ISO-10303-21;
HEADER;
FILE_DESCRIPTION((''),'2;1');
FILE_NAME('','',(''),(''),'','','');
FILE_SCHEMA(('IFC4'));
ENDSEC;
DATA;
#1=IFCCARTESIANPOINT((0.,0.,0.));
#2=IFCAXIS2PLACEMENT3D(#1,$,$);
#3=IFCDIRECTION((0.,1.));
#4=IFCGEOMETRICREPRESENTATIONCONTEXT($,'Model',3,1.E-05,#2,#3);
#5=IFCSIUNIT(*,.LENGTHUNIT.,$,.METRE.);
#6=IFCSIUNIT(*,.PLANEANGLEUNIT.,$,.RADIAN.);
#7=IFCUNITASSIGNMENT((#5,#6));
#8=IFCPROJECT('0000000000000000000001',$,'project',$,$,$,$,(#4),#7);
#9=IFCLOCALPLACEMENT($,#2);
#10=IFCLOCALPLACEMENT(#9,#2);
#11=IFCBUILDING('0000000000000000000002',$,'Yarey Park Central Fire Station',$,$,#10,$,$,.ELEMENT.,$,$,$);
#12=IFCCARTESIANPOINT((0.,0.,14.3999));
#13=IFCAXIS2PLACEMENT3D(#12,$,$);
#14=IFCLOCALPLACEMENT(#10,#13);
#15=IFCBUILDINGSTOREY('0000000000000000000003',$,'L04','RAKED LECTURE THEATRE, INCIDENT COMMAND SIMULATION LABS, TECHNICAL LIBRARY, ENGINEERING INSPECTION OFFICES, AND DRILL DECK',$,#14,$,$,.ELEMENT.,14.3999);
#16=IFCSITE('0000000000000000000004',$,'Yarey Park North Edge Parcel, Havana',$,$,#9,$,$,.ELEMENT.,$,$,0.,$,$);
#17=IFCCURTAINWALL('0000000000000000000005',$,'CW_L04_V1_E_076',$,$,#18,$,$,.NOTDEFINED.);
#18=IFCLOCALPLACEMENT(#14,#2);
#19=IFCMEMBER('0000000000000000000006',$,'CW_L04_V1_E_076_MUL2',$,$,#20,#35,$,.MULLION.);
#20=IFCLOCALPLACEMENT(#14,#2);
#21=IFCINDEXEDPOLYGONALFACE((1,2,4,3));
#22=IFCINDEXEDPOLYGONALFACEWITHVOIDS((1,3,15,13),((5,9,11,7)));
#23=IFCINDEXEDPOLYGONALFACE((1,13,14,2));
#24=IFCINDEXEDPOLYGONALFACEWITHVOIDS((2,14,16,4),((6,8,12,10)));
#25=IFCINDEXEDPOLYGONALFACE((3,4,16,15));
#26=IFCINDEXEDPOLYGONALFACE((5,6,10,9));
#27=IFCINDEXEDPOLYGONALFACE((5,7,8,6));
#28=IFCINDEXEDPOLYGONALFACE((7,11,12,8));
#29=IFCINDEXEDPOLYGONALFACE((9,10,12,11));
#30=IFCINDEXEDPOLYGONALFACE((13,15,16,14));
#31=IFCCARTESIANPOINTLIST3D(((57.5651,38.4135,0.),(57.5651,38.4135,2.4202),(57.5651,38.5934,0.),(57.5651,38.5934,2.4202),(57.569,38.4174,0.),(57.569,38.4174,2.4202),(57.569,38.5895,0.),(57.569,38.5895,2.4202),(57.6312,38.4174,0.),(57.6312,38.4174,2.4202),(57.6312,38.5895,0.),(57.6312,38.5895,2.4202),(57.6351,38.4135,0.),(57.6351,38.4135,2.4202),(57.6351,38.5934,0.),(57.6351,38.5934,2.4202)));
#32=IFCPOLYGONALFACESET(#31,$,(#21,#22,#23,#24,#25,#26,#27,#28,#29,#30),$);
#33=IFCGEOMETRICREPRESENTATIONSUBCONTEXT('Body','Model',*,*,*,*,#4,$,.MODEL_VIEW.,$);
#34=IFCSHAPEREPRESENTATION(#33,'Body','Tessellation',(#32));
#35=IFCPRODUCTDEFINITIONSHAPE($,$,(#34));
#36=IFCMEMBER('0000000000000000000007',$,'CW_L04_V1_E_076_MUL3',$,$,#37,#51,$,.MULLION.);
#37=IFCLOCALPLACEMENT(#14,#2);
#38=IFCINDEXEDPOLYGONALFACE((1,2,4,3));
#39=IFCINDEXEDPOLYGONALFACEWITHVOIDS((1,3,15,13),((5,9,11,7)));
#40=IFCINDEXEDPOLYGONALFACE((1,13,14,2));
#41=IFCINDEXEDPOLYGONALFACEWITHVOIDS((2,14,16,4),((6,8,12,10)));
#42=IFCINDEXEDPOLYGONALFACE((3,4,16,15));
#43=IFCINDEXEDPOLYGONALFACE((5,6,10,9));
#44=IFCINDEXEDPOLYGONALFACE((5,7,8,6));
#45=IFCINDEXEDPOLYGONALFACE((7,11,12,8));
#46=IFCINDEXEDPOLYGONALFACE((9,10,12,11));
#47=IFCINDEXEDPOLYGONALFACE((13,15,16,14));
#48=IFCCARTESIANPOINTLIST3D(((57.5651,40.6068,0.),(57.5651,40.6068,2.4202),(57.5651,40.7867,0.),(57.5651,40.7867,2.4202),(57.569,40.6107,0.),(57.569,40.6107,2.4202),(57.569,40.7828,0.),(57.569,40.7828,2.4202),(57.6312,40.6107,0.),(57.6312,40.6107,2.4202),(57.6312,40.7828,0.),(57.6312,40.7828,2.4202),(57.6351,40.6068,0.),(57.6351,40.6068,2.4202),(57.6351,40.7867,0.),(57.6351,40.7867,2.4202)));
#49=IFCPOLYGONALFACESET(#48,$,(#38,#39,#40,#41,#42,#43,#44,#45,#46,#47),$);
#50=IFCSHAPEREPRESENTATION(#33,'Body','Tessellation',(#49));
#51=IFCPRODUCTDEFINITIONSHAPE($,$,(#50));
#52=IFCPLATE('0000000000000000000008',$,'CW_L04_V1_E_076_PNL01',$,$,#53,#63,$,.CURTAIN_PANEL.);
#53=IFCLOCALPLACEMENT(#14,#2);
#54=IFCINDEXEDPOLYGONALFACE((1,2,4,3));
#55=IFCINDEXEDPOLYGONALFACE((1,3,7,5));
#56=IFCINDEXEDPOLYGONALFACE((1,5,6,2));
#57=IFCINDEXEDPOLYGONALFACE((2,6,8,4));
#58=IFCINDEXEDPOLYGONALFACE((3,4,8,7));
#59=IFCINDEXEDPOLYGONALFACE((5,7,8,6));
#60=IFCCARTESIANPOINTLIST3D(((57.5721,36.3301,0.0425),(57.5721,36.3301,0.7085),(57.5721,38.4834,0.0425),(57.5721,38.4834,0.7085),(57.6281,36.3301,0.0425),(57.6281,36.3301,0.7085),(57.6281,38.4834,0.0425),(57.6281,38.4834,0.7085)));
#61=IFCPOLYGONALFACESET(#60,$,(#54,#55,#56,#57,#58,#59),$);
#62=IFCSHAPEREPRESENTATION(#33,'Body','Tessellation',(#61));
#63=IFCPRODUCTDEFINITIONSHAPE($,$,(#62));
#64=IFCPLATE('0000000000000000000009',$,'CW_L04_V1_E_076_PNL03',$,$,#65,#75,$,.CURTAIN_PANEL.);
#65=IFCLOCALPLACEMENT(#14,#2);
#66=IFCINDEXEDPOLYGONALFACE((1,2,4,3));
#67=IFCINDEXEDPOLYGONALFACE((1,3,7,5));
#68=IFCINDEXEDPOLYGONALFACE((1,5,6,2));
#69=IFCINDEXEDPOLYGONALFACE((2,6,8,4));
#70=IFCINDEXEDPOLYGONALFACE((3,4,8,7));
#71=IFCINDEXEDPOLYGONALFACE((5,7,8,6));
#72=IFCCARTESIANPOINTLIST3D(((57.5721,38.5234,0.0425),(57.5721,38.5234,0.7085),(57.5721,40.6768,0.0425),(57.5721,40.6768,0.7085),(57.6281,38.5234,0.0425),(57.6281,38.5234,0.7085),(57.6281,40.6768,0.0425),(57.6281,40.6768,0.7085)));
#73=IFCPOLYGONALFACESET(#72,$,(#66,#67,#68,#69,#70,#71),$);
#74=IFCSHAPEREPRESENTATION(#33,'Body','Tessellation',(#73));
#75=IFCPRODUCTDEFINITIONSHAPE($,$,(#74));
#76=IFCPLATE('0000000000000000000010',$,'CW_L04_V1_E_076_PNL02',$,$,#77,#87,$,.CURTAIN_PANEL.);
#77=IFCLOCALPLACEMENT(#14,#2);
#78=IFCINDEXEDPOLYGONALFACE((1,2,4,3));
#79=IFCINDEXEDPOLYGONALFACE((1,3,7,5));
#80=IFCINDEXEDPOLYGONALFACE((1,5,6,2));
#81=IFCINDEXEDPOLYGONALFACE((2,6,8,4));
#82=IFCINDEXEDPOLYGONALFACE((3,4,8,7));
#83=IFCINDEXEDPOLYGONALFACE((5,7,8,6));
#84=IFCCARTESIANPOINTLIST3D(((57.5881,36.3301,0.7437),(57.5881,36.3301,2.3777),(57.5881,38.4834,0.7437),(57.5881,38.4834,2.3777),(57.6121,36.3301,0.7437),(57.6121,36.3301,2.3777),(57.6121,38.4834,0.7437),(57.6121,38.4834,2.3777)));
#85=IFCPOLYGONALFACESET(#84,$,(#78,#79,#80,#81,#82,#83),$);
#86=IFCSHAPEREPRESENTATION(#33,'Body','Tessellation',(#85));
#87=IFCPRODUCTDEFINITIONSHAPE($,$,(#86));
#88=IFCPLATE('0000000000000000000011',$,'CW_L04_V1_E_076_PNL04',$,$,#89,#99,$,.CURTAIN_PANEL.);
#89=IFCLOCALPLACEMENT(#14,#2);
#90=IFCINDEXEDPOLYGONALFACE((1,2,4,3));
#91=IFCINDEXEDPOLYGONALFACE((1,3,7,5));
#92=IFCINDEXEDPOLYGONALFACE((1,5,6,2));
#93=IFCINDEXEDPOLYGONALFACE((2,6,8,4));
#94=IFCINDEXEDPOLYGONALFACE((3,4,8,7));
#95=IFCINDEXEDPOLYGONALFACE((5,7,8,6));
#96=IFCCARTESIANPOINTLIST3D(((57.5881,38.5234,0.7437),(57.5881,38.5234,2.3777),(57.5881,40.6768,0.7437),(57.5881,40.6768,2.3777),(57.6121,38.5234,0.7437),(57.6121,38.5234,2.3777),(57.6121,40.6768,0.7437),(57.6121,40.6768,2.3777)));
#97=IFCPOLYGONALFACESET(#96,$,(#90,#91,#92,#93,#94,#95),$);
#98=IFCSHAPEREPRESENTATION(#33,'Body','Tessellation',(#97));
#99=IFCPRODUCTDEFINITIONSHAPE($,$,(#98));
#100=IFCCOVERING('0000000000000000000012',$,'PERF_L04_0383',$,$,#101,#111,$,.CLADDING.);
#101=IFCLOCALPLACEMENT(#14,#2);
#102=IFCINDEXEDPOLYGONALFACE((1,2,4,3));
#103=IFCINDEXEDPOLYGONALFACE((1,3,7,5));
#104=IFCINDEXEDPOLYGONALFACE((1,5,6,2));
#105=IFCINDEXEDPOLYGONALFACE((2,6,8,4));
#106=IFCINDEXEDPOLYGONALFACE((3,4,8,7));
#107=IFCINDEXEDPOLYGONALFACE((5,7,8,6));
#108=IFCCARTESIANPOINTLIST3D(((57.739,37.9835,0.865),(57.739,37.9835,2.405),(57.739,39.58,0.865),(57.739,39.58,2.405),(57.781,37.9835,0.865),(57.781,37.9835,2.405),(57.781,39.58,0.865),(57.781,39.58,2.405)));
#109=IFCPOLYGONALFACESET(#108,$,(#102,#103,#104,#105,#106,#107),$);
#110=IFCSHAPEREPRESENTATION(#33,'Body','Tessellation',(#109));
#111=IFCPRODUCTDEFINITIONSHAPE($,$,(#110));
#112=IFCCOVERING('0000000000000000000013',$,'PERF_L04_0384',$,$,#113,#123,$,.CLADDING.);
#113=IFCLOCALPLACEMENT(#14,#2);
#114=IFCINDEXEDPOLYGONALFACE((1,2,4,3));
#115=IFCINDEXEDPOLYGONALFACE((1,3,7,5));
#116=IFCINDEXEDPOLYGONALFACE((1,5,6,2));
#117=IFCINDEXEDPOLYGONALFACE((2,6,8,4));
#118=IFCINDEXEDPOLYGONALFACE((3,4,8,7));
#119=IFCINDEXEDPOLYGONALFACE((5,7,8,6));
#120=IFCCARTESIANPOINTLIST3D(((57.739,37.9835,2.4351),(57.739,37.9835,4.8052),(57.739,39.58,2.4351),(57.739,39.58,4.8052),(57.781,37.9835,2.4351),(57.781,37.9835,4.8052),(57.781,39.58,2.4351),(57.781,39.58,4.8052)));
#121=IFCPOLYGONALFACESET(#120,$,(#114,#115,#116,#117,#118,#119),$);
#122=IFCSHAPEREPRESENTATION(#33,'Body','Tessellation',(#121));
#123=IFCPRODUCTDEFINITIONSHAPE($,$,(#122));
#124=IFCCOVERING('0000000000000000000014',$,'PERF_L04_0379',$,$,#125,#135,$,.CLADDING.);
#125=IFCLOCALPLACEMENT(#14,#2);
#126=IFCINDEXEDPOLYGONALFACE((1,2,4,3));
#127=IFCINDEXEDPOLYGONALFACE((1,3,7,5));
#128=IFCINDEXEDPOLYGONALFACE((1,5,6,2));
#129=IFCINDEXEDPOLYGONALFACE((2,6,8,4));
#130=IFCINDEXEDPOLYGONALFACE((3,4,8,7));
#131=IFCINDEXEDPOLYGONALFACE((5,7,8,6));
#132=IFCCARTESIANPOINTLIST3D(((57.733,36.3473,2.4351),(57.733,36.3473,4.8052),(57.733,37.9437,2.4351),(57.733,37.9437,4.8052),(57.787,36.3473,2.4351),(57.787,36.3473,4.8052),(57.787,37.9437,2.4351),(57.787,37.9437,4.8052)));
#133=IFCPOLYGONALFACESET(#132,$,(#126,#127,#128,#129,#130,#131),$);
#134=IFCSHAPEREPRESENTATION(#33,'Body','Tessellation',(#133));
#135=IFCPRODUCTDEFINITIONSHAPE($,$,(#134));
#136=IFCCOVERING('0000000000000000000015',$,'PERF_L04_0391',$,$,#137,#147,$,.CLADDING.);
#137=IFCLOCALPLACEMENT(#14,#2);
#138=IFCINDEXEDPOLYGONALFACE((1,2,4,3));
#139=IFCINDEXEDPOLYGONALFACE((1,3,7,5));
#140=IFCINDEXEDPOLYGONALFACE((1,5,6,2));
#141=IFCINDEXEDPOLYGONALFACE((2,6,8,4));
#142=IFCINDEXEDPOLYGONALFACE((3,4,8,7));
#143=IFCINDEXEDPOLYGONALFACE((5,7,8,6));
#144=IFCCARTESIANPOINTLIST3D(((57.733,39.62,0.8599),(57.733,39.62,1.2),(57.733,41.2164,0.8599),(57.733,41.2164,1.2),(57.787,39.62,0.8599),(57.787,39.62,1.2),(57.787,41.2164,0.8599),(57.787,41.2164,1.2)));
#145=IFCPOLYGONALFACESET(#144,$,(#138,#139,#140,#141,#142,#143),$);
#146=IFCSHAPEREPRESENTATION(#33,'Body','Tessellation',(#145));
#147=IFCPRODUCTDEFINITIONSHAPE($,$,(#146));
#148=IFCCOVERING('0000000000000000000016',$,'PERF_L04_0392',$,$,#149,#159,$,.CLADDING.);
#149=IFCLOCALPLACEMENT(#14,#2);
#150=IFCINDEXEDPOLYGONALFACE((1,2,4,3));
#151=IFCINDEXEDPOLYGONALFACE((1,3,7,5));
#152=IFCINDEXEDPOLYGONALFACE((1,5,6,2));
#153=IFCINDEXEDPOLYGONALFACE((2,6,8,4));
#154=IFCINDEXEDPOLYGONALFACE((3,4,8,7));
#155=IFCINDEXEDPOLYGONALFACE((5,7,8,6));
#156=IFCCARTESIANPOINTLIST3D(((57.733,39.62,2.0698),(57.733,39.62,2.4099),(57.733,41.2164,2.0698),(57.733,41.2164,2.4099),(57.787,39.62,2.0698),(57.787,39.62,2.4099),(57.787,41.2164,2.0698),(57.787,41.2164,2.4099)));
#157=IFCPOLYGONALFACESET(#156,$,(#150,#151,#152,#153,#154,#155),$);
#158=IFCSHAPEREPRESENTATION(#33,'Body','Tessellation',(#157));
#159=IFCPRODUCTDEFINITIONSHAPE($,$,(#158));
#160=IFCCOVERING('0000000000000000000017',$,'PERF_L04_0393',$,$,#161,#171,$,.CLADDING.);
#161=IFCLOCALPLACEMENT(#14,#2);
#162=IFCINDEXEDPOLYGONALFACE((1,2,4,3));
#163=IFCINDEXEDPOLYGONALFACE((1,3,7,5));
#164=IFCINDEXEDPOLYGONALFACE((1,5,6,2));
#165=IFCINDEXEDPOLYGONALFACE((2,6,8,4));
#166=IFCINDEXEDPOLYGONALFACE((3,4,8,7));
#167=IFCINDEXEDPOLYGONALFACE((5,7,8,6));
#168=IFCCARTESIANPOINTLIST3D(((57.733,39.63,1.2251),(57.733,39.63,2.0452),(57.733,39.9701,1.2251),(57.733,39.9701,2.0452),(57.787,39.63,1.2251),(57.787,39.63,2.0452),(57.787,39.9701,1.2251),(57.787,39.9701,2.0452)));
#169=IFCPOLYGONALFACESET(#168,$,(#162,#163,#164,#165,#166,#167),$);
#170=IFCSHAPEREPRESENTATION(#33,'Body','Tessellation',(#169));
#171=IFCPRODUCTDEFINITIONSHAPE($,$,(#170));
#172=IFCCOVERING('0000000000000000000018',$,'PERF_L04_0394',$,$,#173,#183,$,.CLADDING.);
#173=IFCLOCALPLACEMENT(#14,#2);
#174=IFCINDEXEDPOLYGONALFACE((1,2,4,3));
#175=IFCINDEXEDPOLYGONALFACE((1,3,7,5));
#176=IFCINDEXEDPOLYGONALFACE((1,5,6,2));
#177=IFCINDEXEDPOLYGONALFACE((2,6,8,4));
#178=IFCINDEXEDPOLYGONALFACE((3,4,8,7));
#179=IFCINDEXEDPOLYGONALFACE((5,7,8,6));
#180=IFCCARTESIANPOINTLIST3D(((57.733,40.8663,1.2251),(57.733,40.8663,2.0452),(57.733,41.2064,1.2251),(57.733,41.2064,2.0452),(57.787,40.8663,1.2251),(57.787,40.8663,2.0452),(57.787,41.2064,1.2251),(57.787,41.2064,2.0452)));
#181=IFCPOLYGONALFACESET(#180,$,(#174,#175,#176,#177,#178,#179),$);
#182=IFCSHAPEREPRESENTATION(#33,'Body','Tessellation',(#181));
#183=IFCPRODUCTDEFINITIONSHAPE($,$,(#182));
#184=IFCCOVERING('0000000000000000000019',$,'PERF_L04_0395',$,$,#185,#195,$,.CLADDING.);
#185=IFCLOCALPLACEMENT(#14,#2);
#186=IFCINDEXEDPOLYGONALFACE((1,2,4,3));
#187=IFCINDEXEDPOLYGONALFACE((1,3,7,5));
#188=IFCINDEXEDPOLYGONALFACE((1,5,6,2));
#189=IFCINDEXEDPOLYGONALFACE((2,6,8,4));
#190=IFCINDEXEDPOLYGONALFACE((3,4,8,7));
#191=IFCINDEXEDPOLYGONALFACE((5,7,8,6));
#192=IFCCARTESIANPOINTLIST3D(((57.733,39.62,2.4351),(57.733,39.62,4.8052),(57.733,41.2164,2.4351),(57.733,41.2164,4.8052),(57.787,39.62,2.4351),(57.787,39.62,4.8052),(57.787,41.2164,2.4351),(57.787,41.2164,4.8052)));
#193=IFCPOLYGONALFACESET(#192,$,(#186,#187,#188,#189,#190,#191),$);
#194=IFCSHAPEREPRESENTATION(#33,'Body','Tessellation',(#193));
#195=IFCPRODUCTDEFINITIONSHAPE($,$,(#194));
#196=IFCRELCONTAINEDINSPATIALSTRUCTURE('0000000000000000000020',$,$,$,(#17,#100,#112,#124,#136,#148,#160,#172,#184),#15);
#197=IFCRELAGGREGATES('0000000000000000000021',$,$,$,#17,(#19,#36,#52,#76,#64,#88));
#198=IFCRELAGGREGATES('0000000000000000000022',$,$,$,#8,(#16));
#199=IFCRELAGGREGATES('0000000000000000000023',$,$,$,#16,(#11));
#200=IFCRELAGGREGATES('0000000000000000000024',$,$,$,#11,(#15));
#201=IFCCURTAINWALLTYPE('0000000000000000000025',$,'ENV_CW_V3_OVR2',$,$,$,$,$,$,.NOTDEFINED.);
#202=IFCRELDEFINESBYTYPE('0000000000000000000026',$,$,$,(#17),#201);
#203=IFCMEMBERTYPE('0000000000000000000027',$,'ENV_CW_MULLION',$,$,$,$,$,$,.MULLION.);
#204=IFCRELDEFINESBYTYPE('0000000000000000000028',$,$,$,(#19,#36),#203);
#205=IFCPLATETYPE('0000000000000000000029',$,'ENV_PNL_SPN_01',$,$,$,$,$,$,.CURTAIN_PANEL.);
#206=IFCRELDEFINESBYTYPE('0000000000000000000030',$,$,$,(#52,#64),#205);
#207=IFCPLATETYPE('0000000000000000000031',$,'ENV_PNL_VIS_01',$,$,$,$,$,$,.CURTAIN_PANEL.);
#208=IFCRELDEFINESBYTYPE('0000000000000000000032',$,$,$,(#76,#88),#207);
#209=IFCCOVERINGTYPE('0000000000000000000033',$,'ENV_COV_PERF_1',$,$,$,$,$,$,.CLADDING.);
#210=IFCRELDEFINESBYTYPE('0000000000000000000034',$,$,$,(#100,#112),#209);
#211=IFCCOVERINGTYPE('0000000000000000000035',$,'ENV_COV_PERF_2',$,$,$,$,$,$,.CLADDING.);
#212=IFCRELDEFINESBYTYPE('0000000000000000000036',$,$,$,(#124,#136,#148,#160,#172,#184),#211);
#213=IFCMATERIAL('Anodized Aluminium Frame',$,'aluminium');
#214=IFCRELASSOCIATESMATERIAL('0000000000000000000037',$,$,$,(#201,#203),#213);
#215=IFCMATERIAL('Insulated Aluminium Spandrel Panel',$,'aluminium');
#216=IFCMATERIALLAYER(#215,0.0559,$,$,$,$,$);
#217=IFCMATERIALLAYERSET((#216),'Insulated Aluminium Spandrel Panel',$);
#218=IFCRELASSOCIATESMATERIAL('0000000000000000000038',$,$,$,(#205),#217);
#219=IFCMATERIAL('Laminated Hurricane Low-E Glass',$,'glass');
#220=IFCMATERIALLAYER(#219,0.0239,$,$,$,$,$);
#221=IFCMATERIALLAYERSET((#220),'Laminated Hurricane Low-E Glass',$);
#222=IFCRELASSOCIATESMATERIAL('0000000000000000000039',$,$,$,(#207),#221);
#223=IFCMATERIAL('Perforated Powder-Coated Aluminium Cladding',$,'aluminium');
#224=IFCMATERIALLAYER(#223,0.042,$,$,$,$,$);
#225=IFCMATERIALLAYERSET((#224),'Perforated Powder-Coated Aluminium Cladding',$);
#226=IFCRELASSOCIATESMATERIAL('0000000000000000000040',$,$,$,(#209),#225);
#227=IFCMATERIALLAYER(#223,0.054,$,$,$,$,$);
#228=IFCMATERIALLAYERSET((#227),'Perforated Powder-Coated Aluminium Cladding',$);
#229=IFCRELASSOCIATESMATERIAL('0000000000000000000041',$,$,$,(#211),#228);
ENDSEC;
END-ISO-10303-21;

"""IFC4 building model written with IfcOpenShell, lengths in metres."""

from ifc_helpers import new_model, si_unit, direction, frame, origin, origin_2d, place, context, subcontext, project, spatial, rectangle, hollow_rectangle, extrude, material, layer, layer_set, material_profile, profile_set, type_object, element, aggregate, save


model = new_model("IFC4")

# Units and contexts
model_context = context("Model", 3, precision=1e-05, world=origin(), true_north=direction((0.0, 1.0)))
body_context = subcontext(model_context, "Body", "Model", "MODEL_VIEW")
ifc_project = project(units=[si_unit("LENGTHUNIT", "METRE"), si_unit("PLANEANGLEUNIT", "RADIAN")], contexts=[model_context])

# Site, building, storey
site_placement = place(None, origin())
site = spatial("IfcSite", under=ifc_project, at=site_placement, Name="Yarey Park North Edge Parcel, Havana", CompositionType="ELEMENT", RefElevation=0.0)
building_placement = place(site_placement, origin())
building = spatial("IfcBuilding", under=site, at=building_placement, Name="Yarey Park Central Fire Station", CompositionType="ELEMENT")
storey_placement = place(building_placement, frame((0.0, 0.0, 14.3999)))
storey = spatial("IfcBuildingStorey", under=building, at=storey_placement, Name="L04", Description="RAKED LECTURE THEATRE, INCIDENT COMMAND SIMULATION LABS, TECHNICAL LIBRARY, ENGINEERING INSPECTION OFFICES, AND DRILL DECK", CompositionType="ELEMENT", Elevation=14.3999)

# Curtain wall, members, plates
ifc_material_1 = material(Name="Anodized Aluminium Frame", Category="aluminium")
curtain_wall_type = type_object("IfcCurtainWallType", Name="ENV_CW_V3_OVR2", PredefinedType="NOTDEFINED", material=ifc_material_1)
curtain_wall_placement = place(storey_placement, origin())
curtain_wall = element("IfcCurtainWall", 1, at=curtain_wall_placement, inside=storey, type_object=curtain_wall_type, Name="CW_L04_V1_E_076", PredefinedType="NOTDEFINED")
ifc_material_profile = material_profile(ifc_material_1, hollow_rectangle(XDim=0.0701, YDim=0.1799, WallThickness=0.0039, at=origin_2d()), Name="ALU 180x70x4")
ifc_profile_set = profile_set([ifc_material_profile], Name="Anodized Aluminium Frame")
member_type = type_object("IfcMemberType", Name="ENV_CW_MULLION", PredefinedType="MULLION", material=ifc_profile_set)
member_1_placement = place(storey_placement, frame((57.6001, 38.5034, 0.0), z_axis=(0.0, 0.0, 1.0), x_axis=(1.0, 0.0, 0.0)))
member_1 = element("IfcMember", 2, at=member_1_placement, type_object=member_type, Name="CW_L04_V1_E_076_MUL2", PredefinedType="MULLION", context=body_context, shape_type="SweptSolid", body=[
    extrude(hollow_rectangle(XDim=0.0701, YDim=0.1799, WallThickness=0.0039, at=origin_2d()), origin(), (0.0, 0.0, 1.0), 2.4202),
])
member_2_placement = place(storey_placement, frame((57.6001, 40.6968, 0.0), z_axis=(0.0, 0.0, 1.0), x_axis=(1.0, 0.0, 0.0)))
member_2 = element("IfcMember", 3, at=member_2_placement, type_object=member_type, Name="CW_L04_V1_E_076_MUL3", PredefinedType="MULLION", context=body_context, shape_type="SweptSolid", body=[
    extrude(hollow_rectangle(XDim=0.0701, YDim=0.1799, WallThickness=0.0039, at=origin_2d()), origin(), (0.0, 0.0, 1.0), 2.4202),
])
ifc_material_2 = material(Name="Insulated Aluminium Spandrel Panel", Category="aluminium")
ifc_layer_1 = layer(ifc_material_2, 0.0559)
ifc_layer_set_1 = layer_set([ifc_layer_1], Name="Insulated Aluminium Spandrel Panel")
plate_type_1 = type_object("IfcPlateType", Name="ENV_PNL_SPN_01", PredefinedType="CURTAIN_PANEL", material=ifc_layer_set_1)
plate_1_placement = place(storey_placement, frame((57.6001, 37.4067, 0.0425), z_axis=(0.0, 0.0, 1.0), x_axis=(0.0, 1.0, 0.0)))
plate_1 = element("IfcPlate", 4, at=plate_1_placement, type_object=plate_type_1, Name="CW_L04_V1_E_076_PNL01", PredefinedType="CURTAIN_PANEL", context=body_context, shape_type="SweptSolid", body=[
    extrude(rectangle(XDim=2.1533, YDim=0.0559, at=origin_2d()), origin(), (0.0, 0.0, 1.0), 0.666),
])
plate_2_placement = place(storey_placement, frame((57.6001, 39.6001, 0.0425), z_axis=(0.0, 0.0, 1.0), x_axis=(0.0, 1.0, 0.0)))
plate_2 = element("IfcPlate", 5, at=plate_2_placement, type_object=plate_type_1, Name="CW_L04_V1_E_076_PNL03", PredefinedType="CURTAIN_PANEL", context=body_context, shape_type="SweptSolid", body=[
    extrude(rectangle(XDim=2.1533, YDim=0.0559, at=origin_2d()), origin(), (0.0, 0.0, 1.0), 0.666),
])
ifc_material_3 = material(Name="Laminated Hurricane Low-E Glass", Category="glass")
ifc_layer_2 = layer(ifc_material_3, 0.0239)
ifc_layer_set_2 = layer_set([ifc_layer_2], Name="Laminated Hurricane Low-E Glass")
plate_type_2 = type_object("IfcPlateType", Name="ENV_PNL_VIS_01", PredefinedType="CURTAIN_PANEL", material=ifc_layer_set_2)
plate_3_placement = place(storey_placement, frame((57.6001, 37.4067, 0.7437), z_axis=(0.0, 0.0, 1.0), x_axis=(0.0, 1.0, 0.0)))
plate_3 = element("IfcPlate", 6, at=plate_3_placement, type_object=plate_type_2, Name="CW_L04_V1_E_076_PNL02", PredefinedType="CURTAIN_PANEL", context=body_context, shape_type="SweptSolid", body=[
    extrude(rectangle(XDim=2.1533, YDim=0.0239, at=origin_2d()), origin(), (0.0, 0.0, 1.0), 1.634),
])
plate_4_placement = place(storey_placement, frame((57.6001, 39.6001, 0.7437), z_axis=(0.0, 0.0, 1.0), x_axis=(0.0, 1.0, 0.0)))
plate_4 = element("IfcPlate", 7, at=plate_4_placement, type_object=plate_type_2, Name="CW_L04_V1_E_076_PNL04", PredefinedType="CURTAIN_PANEL", context=body_context, shape_type="SweptSolid", body=[
    extrude(rectangle(XDim=2.1533, YDim=0.0239, at=origin_2d()), origin(), (0.0, 0.0, 1.0), 1.634),
])
aggregate(curtain_wall, [member_1, member_2, plate_1, plate_3, plate_2, plate_4])

# Coverings
ifc_material_4 = material(Name="Perforated Powder-Coated Aluminium Cladding", Category="aluminium")
ifc_layer_3 = layer(ifc_material_4, 0.042)
ifc_layer_set_3 = layer_set([ifc_layer_3], Name="Perforated Powder-Coated Aluminium Cladding")
covering_type_1 = type_object("IfcCoveringType", Name="ENV_COV_PERF_1", PredefinedType="CLADDING", material=ifc_layer_set_3)
covering_1_placement = place(storey_placement, frame((57.76, 38.7817, 0.865), z_axis=(0.0, 0.0, 1.0), x_axis=(0.0, 1.0, 0.0)))
element("IfcCovering", 8, at=covering_1_placement, inside=storey, type_object=covering_type_1, Name="PERF_L04_0383", PredefinedType="CLADDING", context=body_context, shape_type="SweptSolid", body=[
    extrude(rectangle(XDim=1.5964, YDim=0.042, at=origin_2d()), origin(), (0.0, 0.0, 1.0), 1.54),
])
covering_2_placement = place(storey_placement, frame((57.76, 38.7817, 2.4351), z_axis=(0.0, 0.0, 1.0), x_axis=(0.0, 1.0, 0.0)))
element("IfcCovering", 9, at=covering_2_placement, inside=storey, type_object=covering_type_1, Name="PERF_L04_0384", PredefinedType="CLADDING", context=body_context, shape_type="SweptSolid", body=[
    extrude(rectangle(XDim=1.5964, YDim=0.042, at=origin_2d()), origin(), (0.0, 0.0, 1.0), 2.3701),
])
ifc_layer_4 = layer(ifc_material_4, 0.054)
ifc_layer_set_4 = layer_set([ifc_layer_4], Name="Perforated Powder-Coated Aluminium Cladding")
covering_type_2 = type_object("IfcCoveringType", Name="ENV_COV_PERF_2", PredefinedType="CLADDING", material=ifc_layer_set_4)
covering_3_placement = place(storey_placement, frame((57.76, 37.1455, 2.4351), z_axis=(0.0, 0.0, 1.0), x_axis=(0.0, 1.0, 0.0)))
element("IfcCovering", 10, at=covering_3_placement, inside=storey, type_object=covering_type_2, Name="PERF_L04_0379", PredefinedType="CLADDING", context=body_context, shape_type="SweptSolid", body=[
    extrude(rectangle(XDim=1.5964, YDim=0.054, at=origin_2d()), origin(), (0.0, 0.0, 1.0), 2.3701),
])
for number, where, z_axis, x_axis, name in (
    (11, (57.76, 40.4182, 0.8599), (0.0, 0.0, 1.0), (0.0, 1.0, 0.0), "PERF_L04_0391"),
    (12, (57.76, 40.4182, 2.0698), (0.0, 0.0, 1.0), (0.0, 1.0, 0.0), "PERF_L04_0392"),
):
    element("IfcCovering", number, at=place(storey_placement, frame(where, z_axis=z_axis, x_axis=x_axis)), inside=storey, type_object=covering_type_2, Name=name, PredefinedType="CLADDING", context=body_context, shape_type="SweptSolid", body=[
        extrude(rectangle(XDim=1.5964, YDim=0.054, at=origin_2d()), origin(), (0.0, 0.0, 1.0), 0.3401),
    ])
for number, where, z_axis, x_axis, name in (
    (13, (57.76, 39.8, 1.2251), (0.0, 0.0, 1.0), (0.0, 1.0, 0.0), "PERF_L04_0393"),
    (14, (57.76, 41.0364, 1.2251), (0.0, 0.0, 1.0), (0.0, 1.0, 0.0), "PERF_L04_0394"),
):
    element("IfcCovering", number, at=place(storey_placement, frame(where, z_axis=z_axis, x_axis=x_axis)), inside=storey, type_object=covering_type_2, Name=name, PredefinedType="CLADDING", context=body_context, shape_type="SweptSolid", body=[
        extrude(rectangle(XDim=0.3401, YDim=0.054, at=origin_2d()), origin(), (0.0, 0.0, 1.0), 0.8201),
    ])
covering_4_placement = place(storey_placement, frame((57.76, 40.4182, 2.4351), z_axis=(0.0, 0.0, 1.0), x_axis=(0.0, 1.0, 0.0)))
element("IfcCovering", 15, at=covering_4_placement, inside=storey, type_object=covering_type_2, Name="PERF_L04_0395", PredefinedType="CLADDING", context=body_context, shape_type="SweptSolid", body=[
    extrude(rectangle(XDim=1.5964, YDim=0.054, at=origin_2d()), origin(), (0.0, 0.0, 1.0), 2.3701),
])

save(model, "model.ifc")
